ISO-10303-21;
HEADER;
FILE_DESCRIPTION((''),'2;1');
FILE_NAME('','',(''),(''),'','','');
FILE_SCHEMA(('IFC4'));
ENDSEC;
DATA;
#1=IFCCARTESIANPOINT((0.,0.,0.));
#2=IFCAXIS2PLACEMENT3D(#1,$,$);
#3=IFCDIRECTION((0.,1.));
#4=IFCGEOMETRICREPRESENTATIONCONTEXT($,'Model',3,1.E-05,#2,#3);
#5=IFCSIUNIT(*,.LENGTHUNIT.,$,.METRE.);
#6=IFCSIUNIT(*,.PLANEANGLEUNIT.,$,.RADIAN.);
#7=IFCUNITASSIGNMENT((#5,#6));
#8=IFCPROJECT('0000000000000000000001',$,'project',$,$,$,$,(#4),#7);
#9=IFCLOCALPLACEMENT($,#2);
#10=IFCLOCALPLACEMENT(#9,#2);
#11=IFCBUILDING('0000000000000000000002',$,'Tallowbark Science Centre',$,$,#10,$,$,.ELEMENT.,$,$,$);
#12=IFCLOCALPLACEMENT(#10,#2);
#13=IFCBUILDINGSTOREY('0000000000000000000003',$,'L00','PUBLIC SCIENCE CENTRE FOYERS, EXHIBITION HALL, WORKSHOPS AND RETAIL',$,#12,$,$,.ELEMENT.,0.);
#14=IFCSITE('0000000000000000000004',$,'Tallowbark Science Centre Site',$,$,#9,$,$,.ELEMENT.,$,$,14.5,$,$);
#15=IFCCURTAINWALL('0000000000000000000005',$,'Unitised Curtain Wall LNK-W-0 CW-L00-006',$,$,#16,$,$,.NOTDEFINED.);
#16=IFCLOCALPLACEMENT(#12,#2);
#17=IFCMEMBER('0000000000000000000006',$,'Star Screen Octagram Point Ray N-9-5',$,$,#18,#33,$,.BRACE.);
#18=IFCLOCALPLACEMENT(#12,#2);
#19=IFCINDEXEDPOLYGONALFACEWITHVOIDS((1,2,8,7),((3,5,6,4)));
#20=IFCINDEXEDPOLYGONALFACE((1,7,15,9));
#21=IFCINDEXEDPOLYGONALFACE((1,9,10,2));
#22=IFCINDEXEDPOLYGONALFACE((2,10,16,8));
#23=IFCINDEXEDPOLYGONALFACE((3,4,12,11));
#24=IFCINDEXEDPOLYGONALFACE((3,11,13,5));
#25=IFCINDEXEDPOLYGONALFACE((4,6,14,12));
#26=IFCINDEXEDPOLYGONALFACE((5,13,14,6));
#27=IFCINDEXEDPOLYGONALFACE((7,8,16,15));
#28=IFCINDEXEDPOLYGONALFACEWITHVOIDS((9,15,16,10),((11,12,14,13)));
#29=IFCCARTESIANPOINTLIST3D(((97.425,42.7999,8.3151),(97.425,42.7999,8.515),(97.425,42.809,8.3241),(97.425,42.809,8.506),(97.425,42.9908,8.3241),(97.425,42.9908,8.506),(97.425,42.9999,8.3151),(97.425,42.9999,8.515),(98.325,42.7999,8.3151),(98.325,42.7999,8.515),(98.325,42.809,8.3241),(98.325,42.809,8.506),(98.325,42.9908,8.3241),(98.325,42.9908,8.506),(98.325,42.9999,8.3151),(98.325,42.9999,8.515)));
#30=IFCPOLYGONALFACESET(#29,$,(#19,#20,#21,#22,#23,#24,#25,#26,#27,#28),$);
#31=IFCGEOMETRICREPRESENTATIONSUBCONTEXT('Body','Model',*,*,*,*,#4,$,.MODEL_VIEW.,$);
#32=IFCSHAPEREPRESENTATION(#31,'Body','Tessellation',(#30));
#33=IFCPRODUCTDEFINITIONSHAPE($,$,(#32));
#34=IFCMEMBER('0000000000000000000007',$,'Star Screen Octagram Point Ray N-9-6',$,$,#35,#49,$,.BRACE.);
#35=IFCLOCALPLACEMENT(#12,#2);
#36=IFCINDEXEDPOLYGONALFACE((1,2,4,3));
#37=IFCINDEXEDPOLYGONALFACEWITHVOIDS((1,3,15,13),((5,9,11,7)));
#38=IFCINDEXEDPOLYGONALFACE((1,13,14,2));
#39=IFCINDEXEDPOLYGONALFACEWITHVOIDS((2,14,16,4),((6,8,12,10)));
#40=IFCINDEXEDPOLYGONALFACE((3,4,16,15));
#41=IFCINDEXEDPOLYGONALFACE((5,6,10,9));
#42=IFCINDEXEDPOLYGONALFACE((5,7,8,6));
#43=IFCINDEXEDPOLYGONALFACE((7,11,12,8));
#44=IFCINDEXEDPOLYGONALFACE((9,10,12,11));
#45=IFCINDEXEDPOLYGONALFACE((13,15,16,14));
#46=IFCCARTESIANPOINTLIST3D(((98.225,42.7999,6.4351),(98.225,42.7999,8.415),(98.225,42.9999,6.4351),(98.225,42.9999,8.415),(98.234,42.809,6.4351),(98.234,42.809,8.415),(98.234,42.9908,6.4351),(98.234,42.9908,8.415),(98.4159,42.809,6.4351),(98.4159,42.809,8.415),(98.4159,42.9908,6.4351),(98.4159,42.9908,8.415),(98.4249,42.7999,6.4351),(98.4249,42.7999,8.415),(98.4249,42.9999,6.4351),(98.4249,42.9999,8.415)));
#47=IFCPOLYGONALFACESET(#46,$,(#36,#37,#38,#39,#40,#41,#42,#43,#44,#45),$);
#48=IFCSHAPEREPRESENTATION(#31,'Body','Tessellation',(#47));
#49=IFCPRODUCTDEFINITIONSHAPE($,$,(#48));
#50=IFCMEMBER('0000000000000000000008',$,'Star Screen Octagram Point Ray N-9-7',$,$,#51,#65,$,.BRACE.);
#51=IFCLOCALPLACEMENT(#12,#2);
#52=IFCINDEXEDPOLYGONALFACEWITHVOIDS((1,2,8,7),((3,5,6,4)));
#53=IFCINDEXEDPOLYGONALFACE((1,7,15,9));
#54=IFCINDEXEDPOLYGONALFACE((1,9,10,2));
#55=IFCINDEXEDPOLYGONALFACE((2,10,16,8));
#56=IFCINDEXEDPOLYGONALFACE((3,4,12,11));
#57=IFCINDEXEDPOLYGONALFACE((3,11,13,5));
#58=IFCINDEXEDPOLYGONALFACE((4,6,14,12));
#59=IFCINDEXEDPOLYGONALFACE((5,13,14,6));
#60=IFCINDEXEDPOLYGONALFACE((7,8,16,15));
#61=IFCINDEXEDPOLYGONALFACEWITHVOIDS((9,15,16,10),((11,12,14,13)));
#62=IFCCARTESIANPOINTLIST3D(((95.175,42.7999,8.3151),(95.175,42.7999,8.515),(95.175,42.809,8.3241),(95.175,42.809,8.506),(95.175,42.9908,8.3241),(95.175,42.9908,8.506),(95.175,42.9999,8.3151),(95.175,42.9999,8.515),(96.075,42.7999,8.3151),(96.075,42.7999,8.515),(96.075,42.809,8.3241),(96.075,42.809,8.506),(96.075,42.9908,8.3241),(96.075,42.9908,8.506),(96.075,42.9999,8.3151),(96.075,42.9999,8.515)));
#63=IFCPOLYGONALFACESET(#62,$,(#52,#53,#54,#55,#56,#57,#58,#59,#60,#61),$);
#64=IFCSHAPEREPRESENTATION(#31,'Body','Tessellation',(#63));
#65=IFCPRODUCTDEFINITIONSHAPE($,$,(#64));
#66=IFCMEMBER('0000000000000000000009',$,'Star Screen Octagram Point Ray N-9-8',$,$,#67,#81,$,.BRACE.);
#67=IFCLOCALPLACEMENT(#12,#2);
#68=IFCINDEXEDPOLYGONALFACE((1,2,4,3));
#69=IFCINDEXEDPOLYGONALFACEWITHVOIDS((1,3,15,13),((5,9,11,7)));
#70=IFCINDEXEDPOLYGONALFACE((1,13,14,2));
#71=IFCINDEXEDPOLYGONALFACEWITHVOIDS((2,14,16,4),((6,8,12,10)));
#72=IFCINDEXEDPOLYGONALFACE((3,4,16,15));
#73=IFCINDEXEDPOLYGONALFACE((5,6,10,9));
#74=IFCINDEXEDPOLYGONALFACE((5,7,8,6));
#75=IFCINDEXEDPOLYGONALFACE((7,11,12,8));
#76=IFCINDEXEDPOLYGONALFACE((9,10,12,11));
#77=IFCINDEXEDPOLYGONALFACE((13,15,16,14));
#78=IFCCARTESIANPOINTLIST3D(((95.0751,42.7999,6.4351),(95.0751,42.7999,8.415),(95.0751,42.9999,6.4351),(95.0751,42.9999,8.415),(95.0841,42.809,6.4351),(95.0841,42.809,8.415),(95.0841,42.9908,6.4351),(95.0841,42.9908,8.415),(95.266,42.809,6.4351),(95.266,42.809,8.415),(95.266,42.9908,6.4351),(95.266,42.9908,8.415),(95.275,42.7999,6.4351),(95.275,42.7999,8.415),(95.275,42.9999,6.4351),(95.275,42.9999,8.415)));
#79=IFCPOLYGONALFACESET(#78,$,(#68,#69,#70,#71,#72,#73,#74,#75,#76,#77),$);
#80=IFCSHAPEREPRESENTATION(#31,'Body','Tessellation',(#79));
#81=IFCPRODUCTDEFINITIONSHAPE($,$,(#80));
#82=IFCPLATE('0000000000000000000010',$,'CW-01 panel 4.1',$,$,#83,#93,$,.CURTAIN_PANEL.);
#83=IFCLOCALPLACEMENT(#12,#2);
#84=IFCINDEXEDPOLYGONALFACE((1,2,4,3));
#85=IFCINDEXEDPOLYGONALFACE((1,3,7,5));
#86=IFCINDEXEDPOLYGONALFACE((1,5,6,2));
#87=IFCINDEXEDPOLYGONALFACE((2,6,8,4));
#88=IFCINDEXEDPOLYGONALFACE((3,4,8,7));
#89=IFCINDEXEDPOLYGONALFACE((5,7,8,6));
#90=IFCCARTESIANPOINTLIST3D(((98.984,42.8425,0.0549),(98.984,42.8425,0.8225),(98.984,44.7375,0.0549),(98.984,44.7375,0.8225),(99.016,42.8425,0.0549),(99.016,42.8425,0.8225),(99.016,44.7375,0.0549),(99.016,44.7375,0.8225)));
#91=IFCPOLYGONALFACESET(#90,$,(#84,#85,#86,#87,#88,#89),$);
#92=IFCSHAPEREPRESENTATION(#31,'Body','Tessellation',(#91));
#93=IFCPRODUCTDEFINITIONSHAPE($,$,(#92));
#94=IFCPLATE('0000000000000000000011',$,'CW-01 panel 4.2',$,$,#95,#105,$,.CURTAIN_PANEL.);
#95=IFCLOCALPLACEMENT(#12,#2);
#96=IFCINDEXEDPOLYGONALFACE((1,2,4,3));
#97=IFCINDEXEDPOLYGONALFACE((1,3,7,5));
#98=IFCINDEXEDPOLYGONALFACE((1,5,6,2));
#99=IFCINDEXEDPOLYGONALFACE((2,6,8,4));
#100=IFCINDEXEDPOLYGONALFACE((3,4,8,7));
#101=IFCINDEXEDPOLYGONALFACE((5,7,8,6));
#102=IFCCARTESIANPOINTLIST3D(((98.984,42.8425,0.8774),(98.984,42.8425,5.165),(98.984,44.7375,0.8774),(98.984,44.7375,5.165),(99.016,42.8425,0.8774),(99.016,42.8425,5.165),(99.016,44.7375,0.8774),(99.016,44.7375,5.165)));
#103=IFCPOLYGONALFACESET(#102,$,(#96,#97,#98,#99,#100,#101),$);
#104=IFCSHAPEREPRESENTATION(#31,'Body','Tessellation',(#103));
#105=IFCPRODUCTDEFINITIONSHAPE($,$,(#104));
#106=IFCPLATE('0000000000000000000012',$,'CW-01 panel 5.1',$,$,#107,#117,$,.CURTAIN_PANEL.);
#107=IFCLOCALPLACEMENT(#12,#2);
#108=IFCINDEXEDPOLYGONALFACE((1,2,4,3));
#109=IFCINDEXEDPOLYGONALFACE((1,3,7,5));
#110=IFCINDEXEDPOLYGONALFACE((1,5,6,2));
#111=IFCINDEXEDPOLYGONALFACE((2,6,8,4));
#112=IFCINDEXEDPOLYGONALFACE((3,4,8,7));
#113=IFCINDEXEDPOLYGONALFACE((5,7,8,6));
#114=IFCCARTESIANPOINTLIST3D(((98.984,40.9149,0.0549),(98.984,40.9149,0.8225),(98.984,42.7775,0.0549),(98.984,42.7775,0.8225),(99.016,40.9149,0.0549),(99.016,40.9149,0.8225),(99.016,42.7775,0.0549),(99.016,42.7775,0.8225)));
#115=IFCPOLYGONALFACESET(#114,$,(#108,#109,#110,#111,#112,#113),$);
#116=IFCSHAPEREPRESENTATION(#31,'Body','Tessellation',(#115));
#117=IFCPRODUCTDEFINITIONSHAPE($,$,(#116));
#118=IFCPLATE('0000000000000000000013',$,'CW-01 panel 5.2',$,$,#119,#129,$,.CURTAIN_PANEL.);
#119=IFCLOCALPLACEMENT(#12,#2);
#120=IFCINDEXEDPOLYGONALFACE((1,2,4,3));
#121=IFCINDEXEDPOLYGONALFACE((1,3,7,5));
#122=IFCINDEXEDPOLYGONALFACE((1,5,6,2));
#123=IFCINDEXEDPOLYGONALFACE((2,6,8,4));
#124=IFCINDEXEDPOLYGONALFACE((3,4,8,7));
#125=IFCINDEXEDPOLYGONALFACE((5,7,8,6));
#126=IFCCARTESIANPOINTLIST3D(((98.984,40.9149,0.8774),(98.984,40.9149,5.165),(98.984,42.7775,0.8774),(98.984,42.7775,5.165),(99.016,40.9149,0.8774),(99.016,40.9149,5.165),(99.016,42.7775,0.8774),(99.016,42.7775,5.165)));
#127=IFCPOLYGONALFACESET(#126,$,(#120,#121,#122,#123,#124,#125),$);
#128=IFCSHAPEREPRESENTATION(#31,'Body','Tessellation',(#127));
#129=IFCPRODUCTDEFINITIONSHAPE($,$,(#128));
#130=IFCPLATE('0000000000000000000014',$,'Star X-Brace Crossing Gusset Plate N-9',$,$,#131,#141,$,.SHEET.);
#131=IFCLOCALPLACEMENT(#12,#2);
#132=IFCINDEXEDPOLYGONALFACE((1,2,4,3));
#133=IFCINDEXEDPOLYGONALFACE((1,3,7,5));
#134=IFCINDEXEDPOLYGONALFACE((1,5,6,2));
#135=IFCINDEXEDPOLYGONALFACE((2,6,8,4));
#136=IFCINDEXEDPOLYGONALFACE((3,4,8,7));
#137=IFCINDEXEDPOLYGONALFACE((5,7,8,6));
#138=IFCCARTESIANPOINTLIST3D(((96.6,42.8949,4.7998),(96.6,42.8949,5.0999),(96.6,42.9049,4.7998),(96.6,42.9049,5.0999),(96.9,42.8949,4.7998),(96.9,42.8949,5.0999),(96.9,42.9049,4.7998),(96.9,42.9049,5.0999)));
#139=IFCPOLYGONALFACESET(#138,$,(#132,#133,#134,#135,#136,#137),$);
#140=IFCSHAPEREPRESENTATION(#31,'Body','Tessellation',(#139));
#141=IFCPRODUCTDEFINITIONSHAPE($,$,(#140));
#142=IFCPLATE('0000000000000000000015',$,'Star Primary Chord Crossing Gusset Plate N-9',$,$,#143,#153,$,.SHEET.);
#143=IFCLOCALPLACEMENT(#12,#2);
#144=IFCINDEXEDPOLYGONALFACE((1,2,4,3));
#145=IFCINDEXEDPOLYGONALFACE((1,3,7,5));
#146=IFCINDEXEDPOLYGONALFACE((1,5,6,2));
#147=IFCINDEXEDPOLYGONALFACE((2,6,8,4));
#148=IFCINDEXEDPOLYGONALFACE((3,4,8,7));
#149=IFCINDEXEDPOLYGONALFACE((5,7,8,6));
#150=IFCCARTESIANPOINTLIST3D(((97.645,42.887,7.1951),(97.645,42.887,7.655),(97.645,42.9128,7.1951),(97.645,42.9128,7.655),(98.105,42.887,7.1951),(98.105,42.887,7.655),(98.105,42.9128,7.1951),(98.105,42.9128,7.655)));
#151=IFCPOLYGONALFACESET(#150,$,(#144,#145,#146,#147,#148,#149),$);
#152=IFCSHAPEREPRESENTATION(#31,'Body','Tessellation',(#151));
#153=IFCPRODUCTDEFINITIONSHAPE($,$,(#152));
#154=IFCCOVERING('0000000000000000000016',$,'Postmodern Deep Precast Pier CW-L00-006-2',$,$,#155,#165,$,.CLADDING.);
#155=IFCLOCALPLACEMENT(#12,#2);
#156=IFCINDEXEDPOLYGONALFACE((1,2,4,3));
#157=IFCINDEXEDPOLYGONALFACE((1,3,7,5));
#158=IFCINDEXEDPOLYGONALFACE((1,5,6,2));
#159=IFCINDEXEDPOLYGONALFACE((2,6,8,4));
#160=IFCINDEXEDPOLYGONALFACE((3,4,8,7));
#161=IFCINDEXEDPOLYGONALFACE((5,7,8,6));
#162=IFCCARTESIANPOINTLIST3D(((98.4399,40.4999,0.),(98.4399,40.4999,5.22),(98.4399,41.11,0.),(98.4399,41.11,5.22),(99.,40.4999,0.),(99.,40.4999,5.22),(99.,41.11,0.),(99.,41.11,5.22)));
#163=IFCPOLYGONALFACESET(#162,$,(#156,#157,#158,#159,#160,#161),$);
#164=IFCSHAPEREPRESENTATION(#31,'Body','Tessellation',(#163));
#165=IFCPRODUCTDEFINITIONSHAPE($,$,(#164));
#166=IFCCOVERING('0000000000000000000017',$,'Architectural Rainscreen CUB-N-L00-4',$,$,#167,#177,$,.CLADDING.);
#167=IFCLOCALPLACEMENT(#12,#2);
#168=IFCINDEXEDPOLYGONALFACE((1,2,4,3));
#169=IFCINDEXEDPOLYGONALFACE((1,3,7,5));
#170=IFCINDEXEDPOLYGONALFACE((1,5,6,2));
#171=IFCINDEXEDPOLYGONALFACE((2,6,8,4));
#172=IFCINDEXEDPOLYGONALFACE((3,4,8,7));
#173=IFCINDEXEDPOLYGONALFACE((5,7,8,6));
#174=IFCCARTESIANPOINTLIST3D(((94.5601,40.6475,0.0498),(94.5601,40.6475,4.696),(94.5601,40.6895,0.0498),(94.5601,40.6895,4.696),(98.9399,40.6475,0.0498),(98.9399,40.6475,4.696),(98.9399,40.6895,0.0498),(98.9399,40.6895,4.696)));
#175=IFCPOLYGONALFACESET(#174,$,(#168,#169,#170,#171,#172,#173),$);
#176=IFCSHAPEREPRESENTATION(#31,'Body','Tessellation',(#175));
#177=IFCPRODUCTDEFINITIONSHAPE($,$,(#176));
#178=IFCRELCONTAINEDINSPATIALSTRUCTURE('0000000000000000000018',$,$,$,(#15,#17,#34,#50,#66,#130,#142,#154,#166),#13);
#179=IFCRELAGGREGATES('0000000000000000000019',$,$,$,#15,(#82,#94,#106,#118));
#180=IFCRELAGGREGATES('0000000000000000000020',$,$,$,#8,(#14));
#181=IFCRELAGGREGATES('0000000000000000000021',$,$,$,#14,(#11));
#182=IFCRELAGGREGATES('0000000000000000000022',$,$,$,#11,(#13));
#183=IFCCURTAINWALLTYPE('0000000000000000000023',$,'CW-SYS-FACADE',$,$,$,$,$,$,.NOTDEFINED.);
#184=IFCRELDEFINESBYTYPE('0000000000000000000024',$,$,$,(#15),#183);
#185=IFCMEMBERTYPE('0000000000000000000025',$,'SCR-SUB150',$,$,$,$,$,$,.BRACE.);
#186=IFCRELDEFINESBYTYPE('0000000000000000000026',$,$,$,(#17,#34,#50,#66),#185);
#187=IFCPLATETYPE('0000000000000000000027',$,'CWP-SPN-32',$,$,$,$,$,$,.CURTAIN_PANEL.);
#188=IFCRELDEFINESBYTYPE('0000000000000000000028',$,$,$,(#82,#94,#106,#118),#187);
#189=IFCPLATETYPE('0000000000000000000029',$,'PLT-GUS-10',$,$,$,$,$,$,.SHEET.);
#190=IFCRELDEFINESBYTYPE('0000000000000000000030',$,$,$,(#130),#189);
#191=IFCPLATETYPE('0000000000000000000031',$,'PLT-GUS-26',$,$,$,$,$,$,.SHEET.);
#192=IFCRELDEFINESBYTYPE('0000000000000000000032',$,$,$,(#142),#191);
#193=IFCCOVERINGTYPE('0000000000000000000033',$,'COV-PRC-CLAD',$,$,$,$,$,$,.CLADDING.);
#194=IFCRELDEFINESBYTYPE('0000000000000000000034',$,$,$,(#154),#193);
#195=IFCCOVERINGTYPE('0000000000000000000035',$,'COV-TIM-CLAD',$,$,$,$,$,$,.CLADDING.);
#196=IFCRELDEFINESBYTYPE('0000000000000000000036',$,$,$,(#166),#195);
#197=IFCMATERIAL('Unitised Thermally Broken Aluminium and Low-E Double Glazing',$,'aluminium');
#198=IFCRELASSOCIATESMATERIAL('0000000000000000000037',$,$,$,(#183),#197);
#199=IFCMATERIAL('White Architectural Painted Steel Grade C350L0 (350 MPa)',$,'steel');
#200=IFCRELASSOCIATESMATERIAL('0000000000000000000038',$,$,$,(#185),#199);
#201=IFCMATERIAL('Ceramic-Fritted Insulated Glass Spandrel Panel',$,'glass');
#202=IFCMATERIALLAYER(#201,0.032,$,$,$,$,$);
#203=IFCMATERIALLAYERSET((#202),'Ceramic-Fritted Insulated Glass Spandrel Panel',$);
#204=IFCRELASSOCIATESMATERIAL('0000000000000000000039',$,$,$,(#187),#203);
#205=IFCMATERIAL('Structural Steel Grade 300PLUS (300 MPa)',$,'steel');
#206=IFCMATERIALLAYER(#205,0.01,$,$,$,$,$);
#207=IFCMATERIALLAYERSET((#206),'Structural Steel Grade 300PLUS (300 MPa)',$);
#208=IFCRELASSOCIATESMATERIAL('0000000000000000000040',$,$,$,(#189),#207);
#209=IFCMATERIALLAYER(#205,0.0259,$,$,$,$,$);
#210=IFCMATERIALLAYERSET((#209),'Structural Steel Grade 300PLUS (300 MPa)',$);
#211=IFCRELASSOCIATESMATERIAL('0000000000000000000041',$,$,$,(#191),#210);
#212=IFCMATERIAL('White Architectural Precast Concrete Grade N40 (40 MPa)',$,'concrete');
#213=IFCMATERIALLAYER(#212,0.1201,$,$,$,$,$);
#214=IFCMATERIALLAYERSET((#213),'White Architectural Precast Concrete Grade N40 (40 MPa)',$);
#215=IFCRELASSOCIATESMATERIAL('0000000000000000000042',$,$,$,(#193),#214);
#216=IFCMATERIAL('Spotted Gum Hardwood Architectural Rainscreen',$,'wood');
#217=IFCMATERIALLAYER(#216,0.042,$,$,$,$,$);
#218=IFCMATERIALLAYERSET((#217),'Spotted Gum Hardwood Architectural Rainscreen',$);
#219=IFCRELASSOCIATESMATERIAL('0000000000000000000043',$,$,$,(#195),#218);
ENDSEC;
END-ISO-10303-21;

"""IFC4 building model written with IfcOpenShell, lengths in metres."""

from ifc_helpers import new_model, si_unit, direction, frame, origin, origin_2d, place, context, subcontext, project, spatial, rectangle, hollow_rectangle, extrude, material, layer, layer_set, material_profile, profile_set, type_object, element, aggregate, save


model = new_model("IFC4")

# Units and contexts
model_context = context("Model", 3, precision=1e-05, world=origin(), true_north=direction((0.0, 1.0)))
body_context = subcontext(model_context, "Body", "Model", "MODEL_VIEW")
ifc_project = project(units=[si_unit("LENGTHUNIT", "METRE"), si_unit("PLANEANGLEUNIT", "RADIAN")], contexts=[model_context])

# Site, building, storey
site_placement = place(None, origin())
site = spatial("IfcSite", under=ifc_project, at=site_placement, Name="Tallowbark Science Centre Site", CompositionType="ELEMENT", RefElevation=14.5)
building_placement = place(site_placement, origin())
building = spatial("IfcBuilding", under=site, at=building_placement, Name="Tallowbark Science Centre", CompositionType="ELEMENT")
storey_placement = place(building_placement, origin())
storey = spatial("IfcBuildingStorey", under=building, at=storey_placement, Name="L00", Description="PUBLIC SCIENCE CENTRE FOYERS, EXHIBITION HALL, WORKSHOPS AND RETAIL", CompositionType="ELEMENT", Elevation=0.0)

# Shared definitions
ifc_material_1 = material(Name="White Architectural Painted Steel Grade C350L0 (350 MPa)", Category="steel")

# Shared definitions
ifc_material_2 = material(Name="Structural Steel Grade 300PLUS (300 MPa)", Category="steel")

# Curtain wall
ifc_material_3 = material(Name="Unitised Thermally Broken Aluminium and Low-E Double Glazing", Category="aluminium")
curtain_wall_type = type_object("IfcCurtainWallType", Name="CW-SYS-FACADE", PredefinedType="NOTDEFINED", material=ifc_material_3)
curtain_wall_placement = place(storey_placement, origin())
curtain_wall = element("IfcCurtainWall", 1, at=curtain_wall_placement, inside=storey, type_object=curtain_wall_type, Name="Unitised Curtain Wall LNK-W-0 CW-L00-006", PredefinedType="NOTDEFINED")

# Members
ifc_material_profile_1 = material_profile(ifc_material_1, hollow_rectangle(XDim=0.2, YDim=0.2, WallThickness=0.009, at=origin_2d()), Name="200x200x9.0SHS")
ifc_profile_set_1 = profile_set([ifc_material_profile_1], Name="White Architectural Painted Steel Grade C350L0 (350 MPa)")
member_type_1 = type_object("IfcMemberType", Name="SCR-SUB150", PredefinedType="BRACE", material=ifc_profile_set_1)
member_1_placement = place(storey_placement, frame((98.325, 42.8999, 8.415), z_axis=(-1.0, 0.0, 0.0), x_axis=(0.0, -1.0, 0.0)))
element("IfcMember", 2, at=member_1_placement, inside=storey, type_object=member_type_1, Name="Star Screen Octagram Point Ray N-9-5", PredefinedType="BRACE", context=body_context, shape_type="SweptSolid", body=[
    extrude(hollow_rectangle(XDim=0.2, YDim=0.2, WallThickness=0.009, at=origin_2d()), origin(), (0.0, 0.0, 1.0), 0.8999),
])
member_2_placement = place(storey_placement, frame((98.325, 42.8999, 8.415), z_axis=(0.0, 0.0, -1.0), x_axis=(1.0, 0.0, 0.0)))
element("IfcMember", 3, at=member_2_placement, inside=storey, type_object=member_type_1, Name="Star Screen Octagram Point Ray N-9-6", PredefinedType="BRACE", context=body_context, shape_type="SweptSolid", body=[
    extrude(hollow_rectangle(XDim=0.2, YDim=0.2, WallThickness=0.009, at=origin_2d()), origin(), (0.0, 0.0, 1.0), 1.98),
])
member_3_placement = place(storey_placement, frame((95.175, 42.8999, 8.415), z_axis=(1.0, 0.0, 0.0), x_axis=(0.0, 1.0, 0.0)))
element("IfcMember", 4, at=member_3_placement, inside=storey, type_object=member_type_1, Name="Star Screen Octagram Point Ray N-9-7", PredefinedType="BRACE", context=body_context, shape_type="SweptSolid", body=[
    extrude(hollow_rectangle(XDim=0.2, YDim=0.2, WallThickness=0.009, at=origin_2d()), origin(), (0.0, 0.0, 1.0), 0.8999),
])
member_4_placement = place(storey_placement, frame((95.175, 42.8999, 8.415), z_axis=(0.0, 0.0, -1.0), x_axis=(1.0, 0.0, 0.0)))
element("IfcMember", 5, at=member_4_placement, inside=storey, type_object=member_type_1, Name="Star Screen Octagram Point Ray N-9-8", PredefinedType="BRACE", context=body_context, shape_type="SweptSolid", body=[
    extrude(hollow_rectangle(XDim=0.2, YDim=0.2, WallThickness=0.009, at=origin_2d()), origin(), (0.0, 0.0, 1.0), 1.98),
])

# Plates
ifc_material_4 = material(Name="Ceramic-Fritted Insulated Glass Spandrel Panel", Category="glass")
ifc_layer_1 = layer(ifc_material_4, 0.032)
ifc_layer_set_1 = layer_set([ifc_layer_1], Name="Ceramic-Fritted Insulated Glass Spandrel Panel")
plate_type_1 = type_object("IfcPlateType", Name="CWP-SPN-32", PredefinedType="CURTAIN_PANEL", material=ifc_layer_set_1)
plate_1_placement = place(storey_placement, frame((99.0, 43.79, 0.0549), z_axis=(0.0, 0.0, 1.0), x_axis=(0.0, -1.0, 0.0)))
plate_1 = element("IfcPlate", 6, at=plate_1_placement, type_object=plate_type_1, Name="CW-01 panel 4.1", PredefinedType="CURTAIN_PANEL", context=body_context, shape_type="SweptSolid", body=[
    extrude(rectangle(XDim=1.895, YDim=0.032, at=origin_2d()), origin(), (0.0, 0.0, 1.0), 0.7676),
])
plate_2_placement = place(storey_placement, frame((99.0, 43.79, 0.8774), z_axis=(0.0, 0.0, 1.0), x_axis=(0.0, -1.0, 0.0)))
plate_2 = element("IfcPlate", 7, at=plate_2_placement, type_object=plate_type_1, Name="CW-01 panel 4.2", PredefinedType="CURTAIN_PANEL", context=body_context, shape_type="SweptSolid", body=[
    extrude(rectangle(XDim=1.895, YDim=0.032, at=origin_2d()), origin(), (0.0, 0.0, 1.0), 4.2876),
])
plate_3_placement = place(storey_placement, frame((99.0, 41.8462, 0.0549), z_axis=(0.0, 0.0, 1.0), x_axis=(0.0, -1.0, 0.0)))
plate_3 = element("IfcPlate", 8, at=plate_3_placement, type_object=plate_type_1, Name="CW-01 panel 5.1", PredefinedType="CURTAIN_PANEL", context=body_context, shape_type="SweptSolid", body=[
    extrude(rectangle(XDim=1.8625, YDim=0.032, at=origin_2d()), origin(), (0.0, 0.0, 1.0), 0.7676),
])
plate_4_placement = place(storey_placement, frame((99.0, 41.8462, 0.8774), z_axis=(0.0, 0.0, 1.0), x_axis=(0.0, -1.0, 0.0)))
plate_4 = element("IfcPlate", 9, at=plate_4_placement, type_object=plate_type_1, Name="CW-01 panel 5.2", PredefinedType="CURTAIN_PANEL", context=body_context, shape_type="SweptSolid", body=[
    extrude(rectangle(XDim=1.8625, YDim=0.032, at=origin_2d()), origin(), (0.0, 0.0, 1.0), 4.2876),
])
aggregate(curtain_wall, [plate_1, plate_2, plate_3, plate_4])

# Plates
ifc_layer_2 = layer(ifc_material_2, 0.01)
ifc_layer_set_2 = layer_set([ifc_layer_2], Name="Structural Steel Grade 300PLUS (300 MPa)")
plate_type_2 = type_object("IfcPlateType", Name="PLT-GUS-10", PredefinedType="SHEET", material=ifc_layer_set_2)
plate_5_placement = place(storey_placement, frame((96.75, 42.8999, 4.7998), z_axis=(0.0, 0.0, 1.0), x_axis=(1.0, 0.0, 0.0)))
element("IfcPlate", 10, at=plate_5_placement, inside=storey, type_object=plate_type_2, Name="Star X-Brace Crossing Gusset Plate N-9", PredefinedType="SHEET", context=body_context, shape_type="SweptSolid", body=[
    extrude(rectangle(XDim=0.3, YDim=0.01, at=origin_2d()), origin(), (0.0, 0.0, 1.0), 0.3),
])
ifc_layer_3 = layer(ifc_material_2, 0.0259)
ifc_layer_set_3 = layer_set([ifc_layer_3], Name="Structural Steel Grade 300PLUS (300 MPa)")
plate_type_3 = type_object("IfcPlateType", Name="PLT-GUS-26", PredefinedType="SHEET", material=ifc_layer_set_3)
plate_6_placement = place(storey_placement, frame((97.875, 42.8999, 7.1951), z_axis=(0.0, 0.0, 1.0), x_axis=(1.0, 0.0, 0.0)))
element("IfcPlate", 11, at=plate_6_placement, inside=storey, type_object=plate_type_3, Name="Star Primary Chord Crossing Gusset Plate N-9", PredefinedType="SHEET", context=body_context, shape_type="SweptSolid", body=[
    extrude(rectangle(XDim=0.46, YDim=0.0259, at=origin_2d()), origin(), (0.0, 0.0, 1.0), 0.46),
])

# Coverings
ifc_material_5 = material(Name="White Architectural Precast Concrete Grade N40 (40 MPa)", Category="concrete")
ifc_layer_4 = layer(ifc_material_5, 0.1201)
ifc_layer_set_4 = layer_set([ifc_layer_4], Name="White Architectural Precast Concrete Grade N40 (40 MPa)")
covering_type_1 = type_object("IfcCoveringType", Name="COV-PRC-CLAD", PredefinedType="CLADDING", material=ifc_layer_set_4)
covering_1_placement = place(storey_placement, frame((98.72, 40.8049, 0.0), z_axis=(0.0, 0.0, 1.0), x_axis=(0.0, -1.0, 0.0)))
element("IfcCovering", 12, at=covering_1_placement, inside=storey, type_object=covering_type_1, Name="Postmodern Deep Precast Pier CW-L00-006-2", PredefinedType="CLADDING", context=body_context, shape_type="SweptSolid", body=[
    extrude(rectangle(XDim=0.6101, YDim=0.5601, at=origin_2d()), origin(), (0.0, 0.0, 1.0), 5.22),
])
ifc_material_6 = material(Name="Spotted Gum Hardwood Architectural Rainscreen", Category="wood")
ifc_layer_5 = layer(ifc_material_6, 0.042)
ifc_layer_set_5 = layer_set([ifc_layer_5], Name="Spotted Gum Hardwood Architectural Rainscreen")
covering_type_2 = type_object("IfcCoveringType", Name="COV-TIM-CLAD", PredefinedType="CLADDING", material=ifc_layer_set_5)
covering_2_placement = place(storey_placement, frame((96.75, 40.6685, 0.0498), z_axis=(0.0, 0.0, 1.0), x_axis=(-1.0, 0.0, 0.0)))
element("IfcCovering", 13, at=covering_2_placement, inside=storey, type_object=covering_type_2, Name="Architectural Rainscreen CUB-N-L00-4", PredefinedType="CLADDING", context=body_context, shape_type="SweptSolid", body=[
    extrude(rectangle(XDim=4.3799, YDim=0.042, at=origin_2d()), origin(), (0.0, 0.0, 1.0), 4.6462),
])

save(model, "model.ifc")
